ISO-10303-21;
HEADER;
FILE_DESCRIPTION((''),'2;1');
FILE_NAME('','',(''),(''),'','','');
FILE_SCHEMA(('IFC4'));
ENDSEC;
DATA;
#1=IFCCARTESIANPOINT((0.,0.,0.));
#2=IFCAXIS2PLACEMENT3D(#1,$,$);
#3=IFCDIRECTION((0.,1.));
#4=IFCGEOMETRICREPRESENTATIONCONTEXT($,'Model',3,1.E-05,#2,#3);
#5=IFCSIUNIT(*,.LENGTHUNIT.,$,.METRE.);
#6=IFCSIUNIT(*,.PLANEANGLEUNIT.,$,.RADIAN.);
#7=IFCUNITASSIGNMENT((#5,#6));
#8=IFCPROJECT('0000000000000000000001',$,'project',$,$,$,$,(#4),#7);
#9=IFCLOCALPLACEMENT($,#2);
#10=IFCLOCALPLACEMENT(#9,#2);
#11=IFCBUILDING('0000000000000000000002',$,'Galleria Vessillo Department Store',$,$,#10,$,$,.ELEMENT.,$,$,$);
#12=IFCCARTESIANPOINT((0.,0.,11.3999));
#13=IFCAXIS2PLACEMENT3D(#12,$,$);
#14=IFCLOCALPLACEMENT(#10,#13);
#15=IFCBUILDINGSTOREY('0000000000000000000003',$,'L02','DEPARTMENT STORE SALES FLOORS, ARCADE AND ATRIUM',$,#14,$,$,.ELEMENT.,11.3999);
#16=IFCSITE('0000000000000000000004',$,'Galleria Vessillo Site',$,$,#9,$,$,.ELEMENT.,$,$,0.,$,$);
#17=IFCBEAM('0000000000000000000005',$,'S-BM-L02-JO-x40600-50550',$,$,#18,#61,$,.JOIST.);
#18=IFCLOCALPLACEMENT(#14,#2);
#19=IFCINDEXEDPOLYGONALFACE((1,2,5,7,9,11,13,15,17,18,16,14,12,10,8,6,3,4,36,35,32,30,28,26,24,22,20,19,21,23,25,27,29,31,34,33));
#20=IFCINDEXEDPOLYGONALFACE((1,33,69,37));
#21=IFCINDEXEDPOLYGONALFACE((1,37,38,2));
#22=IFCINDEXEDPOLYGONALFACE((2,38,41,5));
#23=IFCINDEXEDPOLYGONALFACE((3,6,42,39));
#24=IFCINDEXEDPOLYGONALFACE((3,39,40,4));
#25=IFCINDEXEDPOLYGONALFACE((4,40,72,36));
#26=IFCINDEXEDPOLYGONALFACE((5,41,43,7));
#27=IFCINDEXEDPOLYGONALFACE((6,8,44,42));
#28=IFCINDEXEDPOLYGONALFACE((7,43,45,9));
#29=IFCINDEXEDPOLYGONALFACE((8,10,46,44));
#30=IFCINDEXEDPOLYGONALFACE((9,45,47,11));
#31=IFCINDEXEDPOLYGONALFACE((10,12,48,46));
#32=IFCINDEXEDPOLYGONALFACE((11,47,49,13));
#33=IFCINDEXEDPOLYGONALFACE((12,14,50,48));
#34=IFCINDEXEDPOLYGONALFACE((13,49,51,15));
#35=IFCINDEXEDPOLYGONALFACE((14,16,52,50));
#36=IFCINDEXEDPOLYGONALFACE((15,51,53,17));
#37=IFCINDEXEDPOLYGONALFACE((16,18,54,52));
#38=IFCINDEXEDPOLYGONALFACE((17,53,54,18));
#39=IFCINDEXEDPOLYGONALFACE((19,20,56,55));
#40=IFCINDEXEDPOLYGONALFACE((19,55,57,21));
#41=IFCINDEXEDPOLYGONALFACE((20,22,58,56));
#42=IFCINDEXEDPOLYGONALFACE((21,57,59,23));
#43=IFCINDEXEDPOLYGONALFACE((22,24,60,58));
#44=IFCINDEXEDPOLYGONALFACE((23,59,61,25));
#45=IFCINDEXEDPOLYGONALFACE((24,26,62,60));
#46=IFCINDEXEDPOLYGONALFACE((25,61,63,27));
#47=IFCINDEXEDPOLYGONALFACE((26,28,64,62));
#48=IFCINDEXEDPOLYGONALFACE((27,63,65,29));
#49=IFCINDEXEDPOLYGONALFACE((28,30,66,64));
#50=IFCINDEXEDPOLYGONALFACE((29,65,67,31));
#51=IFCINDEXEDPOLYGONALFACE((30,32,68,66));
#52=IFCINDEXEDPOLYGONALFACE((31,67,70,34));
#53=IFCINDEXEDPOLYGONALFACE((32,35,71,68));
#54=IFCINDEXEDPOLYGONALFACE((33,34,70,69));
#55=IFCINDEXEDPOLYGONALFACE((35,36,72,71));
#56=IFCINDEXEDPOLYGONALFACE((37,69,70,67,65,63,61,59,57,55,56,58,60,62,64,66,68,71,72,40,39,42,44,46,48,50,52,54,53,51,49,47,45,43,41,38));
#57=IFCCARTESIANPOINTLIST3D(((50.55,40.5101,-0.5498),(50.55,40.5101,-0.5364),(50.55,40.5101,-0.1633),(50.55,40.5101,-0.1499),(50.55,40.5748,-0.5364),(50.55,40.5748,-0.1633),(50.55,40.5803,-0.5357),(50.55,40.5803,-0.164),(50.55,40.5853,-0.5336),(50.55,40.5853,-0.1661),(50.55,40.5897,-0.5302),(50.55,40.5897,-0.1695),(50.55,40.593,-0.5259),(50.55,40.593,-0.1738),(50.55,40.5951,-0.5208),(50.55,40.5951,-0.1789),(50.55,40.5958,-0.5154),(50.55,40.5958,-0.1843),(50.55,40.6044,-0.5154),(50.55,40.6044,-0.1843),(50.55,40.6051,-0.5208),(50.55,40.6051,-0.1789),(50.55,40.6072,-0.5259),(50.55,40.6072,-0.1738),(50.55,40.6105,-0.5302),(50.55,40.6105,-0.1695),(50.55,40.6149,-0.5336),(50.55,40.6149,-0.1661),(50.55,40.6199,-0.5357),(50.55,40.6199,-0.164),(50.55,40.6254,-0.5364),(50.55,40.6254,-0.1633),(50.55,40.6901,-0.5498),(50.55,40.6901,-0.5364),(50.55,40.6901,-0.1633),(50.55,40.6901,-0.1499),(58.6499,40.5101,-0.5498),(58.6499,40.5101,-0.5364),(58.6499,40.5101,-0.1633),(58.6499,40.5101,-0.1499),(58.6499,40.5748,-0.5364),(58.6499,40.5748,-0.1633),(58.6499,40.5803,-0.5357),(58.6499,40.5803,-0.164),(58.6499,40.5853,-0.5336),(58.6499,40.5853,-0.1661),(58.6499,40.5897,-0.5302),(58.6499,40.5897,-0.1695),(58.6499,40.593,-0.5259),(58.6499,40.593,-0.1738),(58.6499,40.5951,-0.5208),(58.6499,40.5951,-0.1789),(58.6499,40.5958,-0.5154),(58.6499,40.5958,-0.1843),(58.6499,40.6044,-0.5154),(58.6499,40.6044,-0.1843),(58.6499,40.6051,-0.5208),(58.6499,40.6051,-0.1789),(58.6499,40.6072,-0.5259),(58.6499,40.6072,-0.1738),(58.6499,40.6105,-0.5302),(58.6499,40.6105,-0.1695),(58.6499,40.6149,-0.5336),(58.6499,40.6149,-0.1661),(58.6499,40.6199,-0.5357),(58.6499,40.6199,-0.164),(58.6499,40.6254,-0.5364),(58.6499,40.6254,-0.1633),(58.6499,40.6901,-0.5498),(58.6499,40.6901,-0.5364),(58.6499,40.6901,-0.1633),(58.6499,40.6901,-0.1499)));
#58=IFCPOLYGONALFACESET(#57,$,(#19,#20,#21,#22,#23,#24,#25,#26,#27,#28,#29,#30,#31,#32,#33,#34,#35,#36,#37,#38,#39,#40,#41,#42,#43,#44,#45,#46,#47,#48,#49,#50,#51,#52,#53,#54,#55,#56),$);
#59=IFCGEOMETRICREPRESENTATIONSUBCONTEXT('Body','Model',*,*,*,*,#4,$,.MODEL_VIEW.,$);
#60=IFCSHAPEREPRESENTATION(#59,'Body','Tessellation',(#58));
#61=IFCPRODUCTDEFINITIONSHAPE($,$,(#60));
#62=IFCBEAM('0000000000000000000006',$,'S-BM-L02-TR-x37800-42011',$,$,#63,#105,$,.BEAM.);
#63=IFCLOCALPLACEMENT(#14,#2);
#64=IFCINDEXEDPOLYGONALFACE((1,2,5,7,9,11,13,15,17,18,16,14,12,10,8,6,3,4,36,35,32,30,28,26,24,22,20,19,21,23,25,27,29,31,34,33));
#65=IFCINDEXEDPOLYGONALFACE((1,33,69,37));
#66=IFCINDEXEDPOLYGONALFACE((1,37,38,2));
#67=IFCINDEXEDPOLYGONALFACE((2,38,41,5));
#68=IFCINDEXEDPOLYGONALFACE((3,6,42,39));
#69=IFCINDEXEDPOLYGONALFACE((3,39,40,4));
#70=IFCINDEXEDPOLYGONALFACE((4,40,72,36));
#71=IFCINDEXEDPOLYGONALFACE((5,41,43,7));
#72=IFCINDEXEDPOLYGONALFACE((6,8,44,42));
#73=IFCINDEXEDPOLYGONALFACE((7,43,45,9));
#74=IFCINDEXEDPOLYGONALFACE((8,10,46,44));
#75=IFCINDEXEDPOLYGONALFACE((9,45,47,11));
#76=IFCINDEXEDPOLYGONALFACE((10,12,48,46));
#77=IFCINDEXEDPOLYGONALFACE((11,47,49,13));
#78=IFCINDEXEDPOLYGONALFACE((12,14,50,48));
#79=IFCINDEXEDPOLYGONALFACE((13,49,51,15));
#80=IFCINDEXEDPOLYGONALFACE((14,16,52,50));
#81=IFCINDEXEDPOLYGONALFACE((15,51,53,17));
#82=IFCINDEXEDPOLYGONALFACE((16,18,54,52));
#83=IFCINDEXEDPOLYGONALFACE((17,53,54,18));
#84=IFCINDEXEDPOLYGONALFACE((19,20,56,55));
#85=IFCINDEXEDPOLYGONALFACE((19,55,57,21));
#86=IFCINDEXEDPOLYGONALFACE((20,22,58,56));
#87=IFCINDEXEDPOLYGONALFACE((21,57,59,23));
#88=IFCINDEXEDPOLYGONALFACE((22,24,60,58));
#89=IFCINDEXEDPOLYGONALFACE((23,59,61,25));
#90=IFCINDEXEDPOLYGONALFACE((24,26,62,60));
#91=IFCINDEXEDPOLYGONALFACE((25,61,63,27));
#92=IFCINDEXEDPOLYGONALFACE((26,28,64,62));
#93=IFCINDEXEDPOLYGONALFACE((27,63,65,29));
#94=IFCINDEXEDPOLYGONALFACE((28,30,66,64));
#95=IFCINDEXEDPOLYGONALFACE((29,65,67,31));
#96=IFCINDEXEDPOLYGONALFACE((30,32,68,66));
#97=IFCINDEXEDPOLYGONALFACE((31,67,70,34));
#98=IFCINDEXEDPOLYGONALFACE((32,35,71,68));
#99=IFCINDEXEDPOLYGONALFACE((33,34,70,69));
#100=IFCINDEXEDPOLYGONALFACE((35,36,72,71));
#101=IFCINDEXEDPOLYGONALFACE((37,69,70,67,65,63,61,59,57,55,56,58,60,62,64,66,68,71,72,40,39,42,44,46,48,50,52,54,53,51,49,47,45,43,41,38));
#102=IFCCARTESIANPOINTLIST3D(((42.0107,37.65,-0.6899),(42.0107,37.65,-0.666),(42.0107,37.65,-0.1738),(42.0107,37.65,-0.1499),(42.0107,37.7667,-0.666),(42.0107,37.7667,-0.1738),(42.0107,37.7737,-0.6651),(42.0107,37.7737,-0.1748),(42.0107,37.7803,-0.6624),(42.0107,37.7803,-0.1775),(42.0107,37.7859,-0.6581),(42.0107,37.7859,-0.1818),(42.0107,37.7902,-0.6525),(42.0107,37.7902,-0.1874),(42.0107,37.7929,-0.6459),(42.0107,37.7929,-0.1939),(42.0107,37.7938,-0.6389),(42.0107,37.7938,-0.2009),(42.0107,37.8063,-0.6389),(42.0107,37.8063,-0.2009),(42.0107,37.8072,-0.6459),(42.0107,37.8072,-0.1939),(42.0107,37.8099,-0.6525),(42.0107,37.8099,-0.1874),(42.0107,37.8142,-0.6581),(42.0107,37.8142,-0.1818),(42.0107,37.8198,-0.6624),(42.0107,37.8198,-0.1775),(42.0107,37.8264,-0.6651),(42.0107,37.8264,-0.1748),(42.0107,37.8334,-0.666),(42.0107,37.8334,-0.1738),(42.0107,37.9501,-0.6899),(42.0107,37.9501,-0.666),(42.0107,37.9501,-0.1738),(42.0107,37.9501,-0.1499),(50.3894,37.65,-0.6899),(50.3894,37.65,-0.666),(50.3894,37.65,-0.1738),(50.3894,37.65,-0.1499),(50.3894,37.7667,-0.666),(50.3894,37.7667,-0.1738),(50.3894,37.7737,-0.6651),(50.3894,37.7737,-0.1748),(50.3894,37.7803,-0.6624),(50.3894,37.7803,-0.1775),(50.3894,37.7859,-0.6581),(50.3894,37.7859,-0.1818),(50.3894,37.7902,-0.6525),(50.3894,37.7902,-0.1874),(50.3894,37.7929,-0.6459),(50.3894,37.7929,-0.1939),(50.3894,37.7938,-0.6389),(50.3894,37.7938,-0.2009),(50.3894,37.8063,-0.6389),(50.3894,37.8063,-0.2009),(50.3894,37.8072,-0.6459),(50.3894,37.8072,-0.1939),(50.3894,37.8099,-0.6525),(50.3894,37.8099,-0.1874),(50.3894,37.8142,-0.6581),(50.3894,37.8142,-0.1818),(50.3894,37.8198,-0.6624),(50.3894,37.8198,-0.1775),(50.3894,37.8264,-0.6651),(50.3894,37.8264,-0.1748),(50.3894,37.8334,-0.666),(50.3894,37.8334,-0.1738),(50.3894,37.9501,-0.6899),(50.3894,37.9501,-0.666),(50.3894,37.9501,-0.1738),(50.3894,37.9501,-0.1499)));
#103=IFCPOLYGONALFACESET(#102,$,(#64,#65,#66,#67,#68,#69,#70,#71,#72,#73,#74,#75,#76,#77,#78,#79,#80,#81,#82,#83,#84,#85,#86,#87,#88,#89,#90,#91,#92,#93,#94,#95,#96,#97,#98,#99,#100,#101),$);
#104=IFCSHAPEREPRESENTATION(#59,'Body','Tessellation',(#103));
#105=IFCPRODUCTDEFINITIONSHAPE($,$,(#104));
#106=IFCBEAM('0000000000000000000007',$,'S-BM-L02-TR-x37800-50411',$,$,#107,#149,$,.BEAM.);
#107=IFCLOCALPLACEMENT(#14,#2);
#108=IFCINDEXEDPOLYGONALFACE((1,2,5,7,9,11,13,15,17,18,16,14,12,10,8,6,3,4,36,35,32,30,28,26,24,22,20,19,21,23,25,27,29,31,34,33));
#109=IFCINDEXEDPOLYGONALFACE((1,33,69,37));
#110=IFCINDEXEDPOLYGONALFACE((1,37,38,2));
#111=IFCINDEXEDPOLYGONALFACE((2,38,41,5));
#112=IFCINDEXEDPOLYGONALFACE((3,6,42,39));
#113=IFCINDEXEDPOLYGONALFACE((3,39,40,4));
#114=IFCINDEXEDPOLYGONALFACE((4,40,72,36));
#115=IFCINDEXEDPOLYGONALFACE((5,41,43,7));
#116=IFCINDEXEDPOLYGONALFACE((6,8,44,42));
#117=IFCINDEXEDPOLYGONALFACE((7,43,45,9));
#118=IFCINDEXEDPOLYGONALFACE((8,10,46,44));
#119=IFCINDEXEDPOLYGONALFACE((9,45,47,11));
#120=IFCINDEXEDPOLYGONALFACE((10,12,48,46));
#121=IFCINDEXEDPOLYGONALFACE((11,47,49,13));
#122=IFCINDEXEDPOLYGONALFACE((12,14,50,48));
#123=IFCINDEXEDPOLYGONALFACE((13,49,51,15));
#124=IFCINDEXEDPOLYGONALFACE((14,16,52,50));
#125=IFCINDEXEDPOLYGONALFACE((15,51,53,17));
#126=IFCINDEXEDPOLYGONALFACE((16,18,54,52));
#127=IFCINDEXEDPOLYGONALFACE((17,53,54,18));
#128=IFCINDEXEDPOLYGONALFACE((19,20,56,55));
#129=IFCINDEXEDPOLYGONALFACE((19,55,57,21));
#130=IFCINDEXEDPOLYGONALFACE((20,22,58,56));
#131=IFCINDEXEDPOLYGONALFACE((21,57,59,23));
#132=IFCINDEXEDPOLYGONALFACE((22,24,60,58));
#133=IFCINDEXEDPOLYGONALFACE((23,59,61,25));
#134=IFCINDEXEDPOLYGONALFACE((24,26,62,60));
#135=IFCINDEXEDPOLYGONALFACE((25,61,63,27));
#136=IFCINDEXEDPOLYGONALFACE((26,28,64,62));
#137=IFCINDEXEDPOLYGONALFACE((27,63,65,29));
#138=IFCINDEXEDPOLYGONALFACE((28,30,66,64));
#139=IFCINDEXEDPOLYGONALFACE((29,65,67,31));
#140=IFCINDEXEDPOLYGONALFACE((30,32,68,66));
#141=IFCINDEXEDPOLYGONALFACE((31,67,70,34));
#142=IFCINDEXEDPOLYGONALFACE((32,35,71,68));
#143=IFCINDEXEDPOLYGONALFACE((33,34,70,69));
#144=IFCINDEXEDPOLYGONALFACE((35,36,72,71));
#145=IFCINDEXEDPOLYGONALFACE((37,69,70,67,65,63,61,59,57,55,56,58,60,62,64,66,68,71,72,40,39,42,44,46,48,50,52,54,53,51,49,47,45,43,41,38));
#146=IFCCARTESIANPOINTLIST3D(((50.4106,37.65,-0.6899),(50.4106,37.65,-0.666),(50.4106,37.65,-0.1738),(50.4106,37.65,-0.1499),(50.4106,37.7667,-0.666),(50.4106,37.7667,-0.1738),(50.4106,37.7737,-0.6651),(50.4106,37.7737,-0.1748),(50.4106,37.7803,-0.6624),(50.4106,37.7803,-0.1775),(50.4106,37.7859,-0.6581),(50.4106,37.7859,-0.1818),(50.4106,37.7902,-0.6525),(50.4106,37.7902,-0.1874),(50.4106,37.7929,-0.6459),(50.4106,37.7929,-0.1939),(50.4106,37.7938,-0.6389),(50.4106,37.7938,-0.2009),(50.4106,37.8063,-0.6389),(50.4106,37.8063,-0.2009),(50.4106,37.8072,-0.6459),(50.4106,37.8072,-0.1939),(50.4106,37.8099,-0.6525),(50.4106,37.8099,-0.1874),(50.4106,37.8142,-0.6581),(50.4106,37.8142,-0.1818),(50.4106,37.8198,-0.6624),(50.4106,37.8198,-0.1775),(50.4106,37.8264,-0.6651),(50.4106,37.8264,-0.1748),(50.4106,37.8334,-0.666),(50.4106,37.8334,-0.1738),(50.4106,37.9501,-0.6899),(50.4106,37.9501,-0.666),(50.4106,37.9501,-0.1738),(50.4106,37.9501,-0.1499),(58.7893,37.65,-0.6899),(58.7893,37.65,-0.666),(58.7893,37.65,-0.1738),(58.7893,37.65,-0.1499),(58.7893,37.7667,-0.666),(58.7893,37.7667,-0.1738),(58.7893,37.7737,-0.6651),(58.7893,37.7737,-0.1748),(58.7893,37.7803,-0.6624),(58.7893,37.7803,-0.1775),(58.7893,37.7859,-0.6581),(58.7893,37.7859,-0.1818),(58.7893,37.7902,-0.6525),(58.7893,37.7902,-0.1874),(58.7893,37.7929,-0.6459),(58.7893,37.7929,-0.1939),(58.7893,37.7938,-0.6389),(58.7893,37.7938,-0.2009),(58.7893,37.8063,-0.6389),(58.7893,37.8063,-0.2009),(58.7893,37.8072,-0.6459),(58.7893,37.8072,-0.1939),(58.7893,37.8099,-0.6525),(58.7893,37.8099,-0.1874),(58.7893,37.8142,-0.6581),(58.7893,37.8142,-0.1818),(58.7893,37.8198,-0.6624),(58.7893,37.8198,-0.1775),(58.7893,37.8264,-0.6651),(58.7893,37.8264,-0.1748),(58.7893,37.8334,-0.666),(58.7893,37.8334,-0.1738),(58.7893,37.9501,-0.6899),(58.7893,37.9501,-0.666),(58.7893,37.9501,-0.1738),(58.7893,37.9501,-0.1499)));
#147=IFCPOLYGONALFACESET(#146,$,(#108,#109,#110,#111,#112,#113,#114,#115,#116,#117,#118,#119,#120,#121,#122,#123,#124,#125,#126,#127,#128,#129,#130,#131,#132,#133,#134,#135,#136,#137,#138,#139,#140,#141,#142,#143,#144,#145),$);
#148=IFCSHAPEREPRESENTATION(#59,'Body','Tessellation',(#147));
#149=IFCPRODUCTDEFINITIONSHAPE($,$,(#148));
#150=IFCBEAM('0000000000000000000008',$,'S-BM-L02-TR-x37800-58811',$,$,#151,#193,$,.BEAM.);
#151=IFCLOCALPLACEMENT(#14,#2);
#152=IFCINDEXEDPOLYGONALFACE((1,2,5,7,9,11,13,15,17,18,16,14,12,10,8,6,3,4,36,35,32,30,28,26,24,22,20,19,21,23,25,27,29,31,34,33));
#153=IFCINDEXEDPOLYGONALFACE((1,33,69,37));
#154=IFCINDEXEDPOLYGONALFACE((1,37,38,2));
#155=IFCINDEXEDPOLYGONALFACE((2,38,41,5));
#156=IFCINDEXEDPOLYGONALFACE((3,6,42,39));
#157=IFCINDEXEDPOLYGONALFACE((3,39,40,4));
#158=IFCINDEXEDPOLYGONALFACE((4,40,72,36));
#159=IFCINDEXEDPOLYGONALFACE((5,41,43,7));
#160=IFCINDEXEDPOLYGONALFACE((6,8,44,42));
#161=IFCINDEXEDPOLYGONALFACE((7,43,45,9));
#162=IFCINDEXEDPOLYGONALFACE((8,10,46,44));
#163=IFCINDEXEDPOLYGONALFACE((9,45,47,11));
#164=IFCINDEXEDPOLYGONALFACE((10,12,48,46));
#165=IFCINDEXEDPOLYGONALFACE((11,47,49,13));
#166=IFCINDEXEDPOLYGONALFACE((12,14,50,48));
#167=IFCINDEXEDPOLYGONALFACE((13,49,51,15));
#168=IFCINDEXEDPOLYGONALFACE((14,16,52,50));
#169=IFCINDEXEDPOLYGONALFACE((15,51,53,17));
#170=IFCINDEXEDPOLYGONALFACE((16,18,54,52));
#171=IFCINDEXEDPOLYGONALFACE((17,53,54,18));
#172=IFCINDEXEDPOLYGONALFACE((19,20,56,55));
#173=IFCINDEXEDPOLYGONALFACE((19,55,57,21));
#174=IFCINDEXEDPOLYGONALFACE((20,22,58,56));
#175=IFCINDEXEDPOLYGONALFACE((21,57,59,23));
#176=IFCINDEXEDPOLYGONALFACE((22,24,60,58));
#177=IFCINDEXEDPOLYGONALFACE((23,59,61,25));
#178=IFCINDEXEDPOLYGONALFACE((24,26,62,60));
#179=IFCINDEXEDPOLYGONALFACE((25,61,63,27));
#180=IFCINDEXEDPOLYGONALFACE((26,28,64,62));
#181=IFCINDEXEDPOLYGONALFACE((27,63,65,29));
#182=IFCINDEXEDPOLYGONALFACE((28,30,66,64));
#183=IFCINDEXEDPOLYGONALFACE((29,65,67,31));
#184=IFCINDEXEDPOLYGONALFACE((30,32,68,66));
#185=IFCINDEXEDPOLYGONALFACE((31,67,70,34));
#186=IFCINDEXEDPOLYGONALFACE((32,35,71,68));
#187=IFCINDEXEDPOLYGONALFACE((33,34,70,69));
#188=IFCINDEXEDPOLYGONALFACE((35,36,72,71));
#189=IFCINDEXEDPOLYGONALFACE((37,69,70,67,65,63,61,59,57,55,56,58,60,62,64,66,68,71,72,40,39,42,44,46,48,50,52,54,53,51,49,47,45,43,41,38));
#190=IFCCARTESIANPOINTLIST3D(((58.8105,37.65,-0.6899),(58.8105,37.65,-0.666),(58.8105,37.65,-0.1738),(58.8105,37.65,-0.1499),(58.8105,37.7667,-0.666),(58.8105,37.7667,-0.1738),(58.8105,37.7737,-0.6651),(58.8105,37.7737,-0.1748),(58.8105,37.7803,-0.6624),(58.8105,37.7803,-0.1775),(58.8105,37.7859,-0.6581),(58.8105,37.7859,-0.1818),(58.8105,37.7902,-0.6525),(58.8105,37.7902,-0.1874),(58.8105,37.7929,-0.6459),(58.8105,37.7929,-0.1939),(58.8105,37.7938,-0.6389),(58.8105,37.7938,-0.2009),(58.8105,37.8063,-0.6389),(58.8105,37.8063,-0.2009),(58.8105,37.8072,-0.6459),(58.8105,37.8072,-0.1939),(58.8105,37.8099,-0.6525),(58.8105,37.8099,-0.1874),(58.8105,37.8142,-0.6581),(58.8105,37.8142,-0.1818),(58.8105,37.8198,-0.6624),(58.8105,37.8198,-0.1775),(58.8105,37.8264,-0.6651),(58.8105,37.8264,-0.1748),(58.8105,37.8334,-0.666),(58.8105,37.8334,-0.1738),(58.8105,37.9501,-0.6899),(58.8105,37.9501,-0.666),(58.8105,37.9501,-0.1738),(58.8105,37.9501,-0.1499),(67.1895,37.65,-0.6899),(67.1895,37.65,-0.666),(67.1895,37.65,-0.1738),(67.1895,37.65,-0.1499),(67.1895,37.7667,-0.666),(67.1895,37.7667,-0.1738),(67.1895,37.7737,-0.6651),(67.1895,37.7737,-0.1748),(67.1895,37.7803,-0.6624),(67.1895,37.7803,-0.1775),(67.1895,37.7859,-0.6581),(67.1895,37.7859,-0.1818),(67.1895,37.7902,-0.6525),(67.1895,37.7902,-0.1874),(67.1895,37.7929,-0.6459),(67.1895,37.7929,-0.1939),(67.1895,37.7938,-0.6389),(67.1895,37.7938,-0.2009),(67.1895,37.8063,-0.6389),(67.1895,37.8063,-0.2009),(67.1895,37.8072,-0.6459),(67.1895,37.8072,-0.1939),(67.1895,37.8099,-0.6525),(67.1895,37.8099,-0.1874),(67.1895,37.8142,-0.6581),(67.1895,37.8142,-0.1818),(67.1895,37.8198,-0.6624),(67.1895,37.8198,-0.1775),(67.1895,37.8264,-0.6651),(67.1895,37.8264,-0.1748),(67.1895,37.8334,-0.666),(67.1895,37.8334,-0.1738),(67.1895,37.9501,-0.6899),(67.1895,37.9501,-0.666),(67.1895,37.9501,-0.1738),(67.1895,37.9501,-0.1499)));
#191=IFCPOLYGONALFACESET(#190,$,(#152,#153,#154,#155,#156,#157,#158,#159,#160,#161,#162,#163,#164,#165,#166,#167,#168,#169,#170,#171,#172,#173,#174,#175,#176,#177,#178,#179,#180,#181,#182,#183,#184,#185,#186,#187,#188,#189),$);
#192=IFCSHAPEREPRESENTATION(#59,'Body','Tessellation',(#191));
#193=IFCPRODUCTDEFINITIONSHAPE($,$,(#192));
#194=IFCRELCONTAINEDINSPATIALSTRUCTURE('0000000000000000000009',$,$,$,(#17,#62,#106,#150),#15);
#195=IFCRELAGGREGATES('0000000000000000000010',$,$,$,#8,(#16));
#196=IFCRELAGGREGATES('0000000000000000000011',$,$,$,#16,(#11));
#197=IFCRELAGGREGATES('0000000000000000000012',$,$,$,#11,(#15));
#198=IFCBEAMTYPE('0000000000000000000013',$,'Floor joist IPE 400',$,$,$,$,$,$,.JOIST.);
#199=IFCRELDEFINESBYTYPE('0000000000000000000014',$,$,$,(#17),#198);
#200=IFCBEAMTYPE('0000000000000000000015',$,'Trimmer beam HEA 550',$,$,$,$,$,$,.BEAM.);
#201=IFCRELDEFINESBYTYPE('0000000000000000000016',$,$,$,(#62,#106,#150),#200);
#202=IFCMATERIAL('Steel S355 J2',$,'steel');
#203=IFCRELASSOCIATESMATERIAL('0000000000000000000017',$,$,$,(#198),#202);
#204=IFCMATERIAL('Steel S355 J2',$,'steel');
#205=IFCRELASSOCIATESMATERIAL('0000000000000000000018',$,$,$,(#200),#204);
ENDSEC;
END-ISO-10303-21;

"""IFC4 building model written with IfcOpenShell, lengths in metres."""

from ifc_helpers import new_model, si_unit, direction, frame, origin, origin_2d, place, context, subcontext, project, spatial, i_section, extrude, material, material_profile, profile_set, type_object, element, save


model = new_model("IFC4")

# Units and contexts
model_context = context("Model", 3, precision=1e-05, world=origin(), true_north=direction((0.0, 1.0)))
body_context = subcontext(model_context, "Body", "Model", "MODEL_VIEW")
ifc_project = project(units=[si_unit("LENGTHUNIT", "METRE"), si_unit("PLANEANGLEUNIT", "RADIAN")], contexts=[model_context])

# Site, building, storey
site_placement = place(None, origin())
site = spatial("IfcSite", under=ifc_project, at=site_placement, Name="Galleria Vessillo Site", CompositionType="ELEMENT", RefElevation=0.0)
building_placement = place(site_placement, origin())
building = spatial("IfcBuilding", under=site, at=building_placement, Name="Galleria Vessillo Department Store", CompositionType="ELEMENT")
storey_placement = place(building_placement, frame((0.0, 0.0, 11.3999)))
storey = spatial("IfcBuildingStorey", under=building, at=storey_placement, Name="L02", Description="DEPARTMENT STORE SALES FLOORS, ARCADE AND ATRIUM", CompositionType="ELEMENT", Elevation=11.3999)

# Beams
ifc_material_1 = material(Name="Steel S355 J2", Category="steel")
ifc_material_profile_1 = material_profile(ifc_material_1, i_section(OverallWidth=0.1799, OverallDepth=0.3999, WebThickness=0.0085, FlangeThickness=0.0134, FilletRadius=0.021, at=origin_2d()), Name="IPE 400")
ifc_profile_set_1 = profile_set([ifc_material_profile_1], Name="Steel S355 J2")
beam_type_1 = type_object("IfcBeamType", Name="Floor joist IPE 400", PredefinedType="JOIST", material=ifc_profile_set_1)
beam_1_placement = place(storey_placement, frame((50.55, 40.6001, -0.3499), z_axis=(1.0, 0.0, 0.0), x_axis=(0.0, 1.0, 0.0)))
element("IfcBeam", 1, at=beam_1_placement, inside=storey, type_object=beam_type_1, Name="S-BM-L02-JO-x40600-50550", PredefinedType="JOIST", context=body_context, shape_type="SweptSolid", body=[
    extrude(i_section(OverallWidth=0.1799, OverallDepth=0.3999, WebThickness=0.0085, FlangeThickness=0.0134, FilletRadius=0.021, at=origin_2d()), origin(), (0.0, 0.0, 1.0), 8.0999),
])
ifc_material_2 = material(Name="Steel S355 J2", Category="steel")
ifc_material_profile_2 = material_profile(ifc_material_2, i_section(OverallWidth=0.3, OverallDepth=0.54, WebThickness=0.0125, FlangeThickness=0.0239, FilletRadius=0.0271, at=origin_2d()), Name="HEA 550")
ifc_profile_set_2 = profile_set([ifc_material_profile_2], Name="Steel S355 J2")
beam_type_2 = type_object("IfcBeamType", Name="Trimmer beam HEA 550", PredefinedType="BEAM", material=ifc_profile_set_2)
for number, where, z_axis, x_axis, name in (
    (2, (42.0107, 37.8, -0.4199), (1.0, 0.0, 0.0), (0.0, 1.0, 0.0), "S-BM-L02-TR-x37800-42011"),
    (3, (50.4106, 37.8, -0.4199), (1.0, 0.0, 0.0), (0.0, 1.0, 0.0), "S-BM-L02-TR-x37800-50411"),
):
    element("IfcBeam", number, at=place(storey_placement, frame(where, z_axis=z_axis, x_axis=x_axis)), inside=storey, type_object=beam_type_2, Name=name, PredefinedType="BEAM", context=body_context, shape_type="SweptSolid", body=[
        extrude(i_section(OverallWidth=0.3, OverallDepth=0.54, WebThickness=0.0125, FlangeThickness=0.0239, FilletRadius=0.0271, at=origin_2d()), origin(), (0.0, 0.0, 1.0), 8.3787),
    ])
beam_2_placement = place(storey_placement, frame((58.8105, 37.8, -0.4199), z_axis=(1.0, 0.0, 0.0), x_axis=(0.0, 1.0, 0.0)))
element("IfcBeam", 4, at=beam_2_placement, inside=storey, type_object=beam_type_2, Name="S-BM-L02-TR-x37800-58811", PredefinedType="BEAM", context=body_context, shape_type="SweptSolid", body=[
    extrude(i_section(OverallWidth=0.3, OverallDepth=0.54, WebThickness=0.0125, FlangeThickness=0.0239, FilletRadius=0.0271, at=origin_2d()), origin(), (0.0, 0.0, 1.0), 8.3789),
])

save(model, "model.ifc")
